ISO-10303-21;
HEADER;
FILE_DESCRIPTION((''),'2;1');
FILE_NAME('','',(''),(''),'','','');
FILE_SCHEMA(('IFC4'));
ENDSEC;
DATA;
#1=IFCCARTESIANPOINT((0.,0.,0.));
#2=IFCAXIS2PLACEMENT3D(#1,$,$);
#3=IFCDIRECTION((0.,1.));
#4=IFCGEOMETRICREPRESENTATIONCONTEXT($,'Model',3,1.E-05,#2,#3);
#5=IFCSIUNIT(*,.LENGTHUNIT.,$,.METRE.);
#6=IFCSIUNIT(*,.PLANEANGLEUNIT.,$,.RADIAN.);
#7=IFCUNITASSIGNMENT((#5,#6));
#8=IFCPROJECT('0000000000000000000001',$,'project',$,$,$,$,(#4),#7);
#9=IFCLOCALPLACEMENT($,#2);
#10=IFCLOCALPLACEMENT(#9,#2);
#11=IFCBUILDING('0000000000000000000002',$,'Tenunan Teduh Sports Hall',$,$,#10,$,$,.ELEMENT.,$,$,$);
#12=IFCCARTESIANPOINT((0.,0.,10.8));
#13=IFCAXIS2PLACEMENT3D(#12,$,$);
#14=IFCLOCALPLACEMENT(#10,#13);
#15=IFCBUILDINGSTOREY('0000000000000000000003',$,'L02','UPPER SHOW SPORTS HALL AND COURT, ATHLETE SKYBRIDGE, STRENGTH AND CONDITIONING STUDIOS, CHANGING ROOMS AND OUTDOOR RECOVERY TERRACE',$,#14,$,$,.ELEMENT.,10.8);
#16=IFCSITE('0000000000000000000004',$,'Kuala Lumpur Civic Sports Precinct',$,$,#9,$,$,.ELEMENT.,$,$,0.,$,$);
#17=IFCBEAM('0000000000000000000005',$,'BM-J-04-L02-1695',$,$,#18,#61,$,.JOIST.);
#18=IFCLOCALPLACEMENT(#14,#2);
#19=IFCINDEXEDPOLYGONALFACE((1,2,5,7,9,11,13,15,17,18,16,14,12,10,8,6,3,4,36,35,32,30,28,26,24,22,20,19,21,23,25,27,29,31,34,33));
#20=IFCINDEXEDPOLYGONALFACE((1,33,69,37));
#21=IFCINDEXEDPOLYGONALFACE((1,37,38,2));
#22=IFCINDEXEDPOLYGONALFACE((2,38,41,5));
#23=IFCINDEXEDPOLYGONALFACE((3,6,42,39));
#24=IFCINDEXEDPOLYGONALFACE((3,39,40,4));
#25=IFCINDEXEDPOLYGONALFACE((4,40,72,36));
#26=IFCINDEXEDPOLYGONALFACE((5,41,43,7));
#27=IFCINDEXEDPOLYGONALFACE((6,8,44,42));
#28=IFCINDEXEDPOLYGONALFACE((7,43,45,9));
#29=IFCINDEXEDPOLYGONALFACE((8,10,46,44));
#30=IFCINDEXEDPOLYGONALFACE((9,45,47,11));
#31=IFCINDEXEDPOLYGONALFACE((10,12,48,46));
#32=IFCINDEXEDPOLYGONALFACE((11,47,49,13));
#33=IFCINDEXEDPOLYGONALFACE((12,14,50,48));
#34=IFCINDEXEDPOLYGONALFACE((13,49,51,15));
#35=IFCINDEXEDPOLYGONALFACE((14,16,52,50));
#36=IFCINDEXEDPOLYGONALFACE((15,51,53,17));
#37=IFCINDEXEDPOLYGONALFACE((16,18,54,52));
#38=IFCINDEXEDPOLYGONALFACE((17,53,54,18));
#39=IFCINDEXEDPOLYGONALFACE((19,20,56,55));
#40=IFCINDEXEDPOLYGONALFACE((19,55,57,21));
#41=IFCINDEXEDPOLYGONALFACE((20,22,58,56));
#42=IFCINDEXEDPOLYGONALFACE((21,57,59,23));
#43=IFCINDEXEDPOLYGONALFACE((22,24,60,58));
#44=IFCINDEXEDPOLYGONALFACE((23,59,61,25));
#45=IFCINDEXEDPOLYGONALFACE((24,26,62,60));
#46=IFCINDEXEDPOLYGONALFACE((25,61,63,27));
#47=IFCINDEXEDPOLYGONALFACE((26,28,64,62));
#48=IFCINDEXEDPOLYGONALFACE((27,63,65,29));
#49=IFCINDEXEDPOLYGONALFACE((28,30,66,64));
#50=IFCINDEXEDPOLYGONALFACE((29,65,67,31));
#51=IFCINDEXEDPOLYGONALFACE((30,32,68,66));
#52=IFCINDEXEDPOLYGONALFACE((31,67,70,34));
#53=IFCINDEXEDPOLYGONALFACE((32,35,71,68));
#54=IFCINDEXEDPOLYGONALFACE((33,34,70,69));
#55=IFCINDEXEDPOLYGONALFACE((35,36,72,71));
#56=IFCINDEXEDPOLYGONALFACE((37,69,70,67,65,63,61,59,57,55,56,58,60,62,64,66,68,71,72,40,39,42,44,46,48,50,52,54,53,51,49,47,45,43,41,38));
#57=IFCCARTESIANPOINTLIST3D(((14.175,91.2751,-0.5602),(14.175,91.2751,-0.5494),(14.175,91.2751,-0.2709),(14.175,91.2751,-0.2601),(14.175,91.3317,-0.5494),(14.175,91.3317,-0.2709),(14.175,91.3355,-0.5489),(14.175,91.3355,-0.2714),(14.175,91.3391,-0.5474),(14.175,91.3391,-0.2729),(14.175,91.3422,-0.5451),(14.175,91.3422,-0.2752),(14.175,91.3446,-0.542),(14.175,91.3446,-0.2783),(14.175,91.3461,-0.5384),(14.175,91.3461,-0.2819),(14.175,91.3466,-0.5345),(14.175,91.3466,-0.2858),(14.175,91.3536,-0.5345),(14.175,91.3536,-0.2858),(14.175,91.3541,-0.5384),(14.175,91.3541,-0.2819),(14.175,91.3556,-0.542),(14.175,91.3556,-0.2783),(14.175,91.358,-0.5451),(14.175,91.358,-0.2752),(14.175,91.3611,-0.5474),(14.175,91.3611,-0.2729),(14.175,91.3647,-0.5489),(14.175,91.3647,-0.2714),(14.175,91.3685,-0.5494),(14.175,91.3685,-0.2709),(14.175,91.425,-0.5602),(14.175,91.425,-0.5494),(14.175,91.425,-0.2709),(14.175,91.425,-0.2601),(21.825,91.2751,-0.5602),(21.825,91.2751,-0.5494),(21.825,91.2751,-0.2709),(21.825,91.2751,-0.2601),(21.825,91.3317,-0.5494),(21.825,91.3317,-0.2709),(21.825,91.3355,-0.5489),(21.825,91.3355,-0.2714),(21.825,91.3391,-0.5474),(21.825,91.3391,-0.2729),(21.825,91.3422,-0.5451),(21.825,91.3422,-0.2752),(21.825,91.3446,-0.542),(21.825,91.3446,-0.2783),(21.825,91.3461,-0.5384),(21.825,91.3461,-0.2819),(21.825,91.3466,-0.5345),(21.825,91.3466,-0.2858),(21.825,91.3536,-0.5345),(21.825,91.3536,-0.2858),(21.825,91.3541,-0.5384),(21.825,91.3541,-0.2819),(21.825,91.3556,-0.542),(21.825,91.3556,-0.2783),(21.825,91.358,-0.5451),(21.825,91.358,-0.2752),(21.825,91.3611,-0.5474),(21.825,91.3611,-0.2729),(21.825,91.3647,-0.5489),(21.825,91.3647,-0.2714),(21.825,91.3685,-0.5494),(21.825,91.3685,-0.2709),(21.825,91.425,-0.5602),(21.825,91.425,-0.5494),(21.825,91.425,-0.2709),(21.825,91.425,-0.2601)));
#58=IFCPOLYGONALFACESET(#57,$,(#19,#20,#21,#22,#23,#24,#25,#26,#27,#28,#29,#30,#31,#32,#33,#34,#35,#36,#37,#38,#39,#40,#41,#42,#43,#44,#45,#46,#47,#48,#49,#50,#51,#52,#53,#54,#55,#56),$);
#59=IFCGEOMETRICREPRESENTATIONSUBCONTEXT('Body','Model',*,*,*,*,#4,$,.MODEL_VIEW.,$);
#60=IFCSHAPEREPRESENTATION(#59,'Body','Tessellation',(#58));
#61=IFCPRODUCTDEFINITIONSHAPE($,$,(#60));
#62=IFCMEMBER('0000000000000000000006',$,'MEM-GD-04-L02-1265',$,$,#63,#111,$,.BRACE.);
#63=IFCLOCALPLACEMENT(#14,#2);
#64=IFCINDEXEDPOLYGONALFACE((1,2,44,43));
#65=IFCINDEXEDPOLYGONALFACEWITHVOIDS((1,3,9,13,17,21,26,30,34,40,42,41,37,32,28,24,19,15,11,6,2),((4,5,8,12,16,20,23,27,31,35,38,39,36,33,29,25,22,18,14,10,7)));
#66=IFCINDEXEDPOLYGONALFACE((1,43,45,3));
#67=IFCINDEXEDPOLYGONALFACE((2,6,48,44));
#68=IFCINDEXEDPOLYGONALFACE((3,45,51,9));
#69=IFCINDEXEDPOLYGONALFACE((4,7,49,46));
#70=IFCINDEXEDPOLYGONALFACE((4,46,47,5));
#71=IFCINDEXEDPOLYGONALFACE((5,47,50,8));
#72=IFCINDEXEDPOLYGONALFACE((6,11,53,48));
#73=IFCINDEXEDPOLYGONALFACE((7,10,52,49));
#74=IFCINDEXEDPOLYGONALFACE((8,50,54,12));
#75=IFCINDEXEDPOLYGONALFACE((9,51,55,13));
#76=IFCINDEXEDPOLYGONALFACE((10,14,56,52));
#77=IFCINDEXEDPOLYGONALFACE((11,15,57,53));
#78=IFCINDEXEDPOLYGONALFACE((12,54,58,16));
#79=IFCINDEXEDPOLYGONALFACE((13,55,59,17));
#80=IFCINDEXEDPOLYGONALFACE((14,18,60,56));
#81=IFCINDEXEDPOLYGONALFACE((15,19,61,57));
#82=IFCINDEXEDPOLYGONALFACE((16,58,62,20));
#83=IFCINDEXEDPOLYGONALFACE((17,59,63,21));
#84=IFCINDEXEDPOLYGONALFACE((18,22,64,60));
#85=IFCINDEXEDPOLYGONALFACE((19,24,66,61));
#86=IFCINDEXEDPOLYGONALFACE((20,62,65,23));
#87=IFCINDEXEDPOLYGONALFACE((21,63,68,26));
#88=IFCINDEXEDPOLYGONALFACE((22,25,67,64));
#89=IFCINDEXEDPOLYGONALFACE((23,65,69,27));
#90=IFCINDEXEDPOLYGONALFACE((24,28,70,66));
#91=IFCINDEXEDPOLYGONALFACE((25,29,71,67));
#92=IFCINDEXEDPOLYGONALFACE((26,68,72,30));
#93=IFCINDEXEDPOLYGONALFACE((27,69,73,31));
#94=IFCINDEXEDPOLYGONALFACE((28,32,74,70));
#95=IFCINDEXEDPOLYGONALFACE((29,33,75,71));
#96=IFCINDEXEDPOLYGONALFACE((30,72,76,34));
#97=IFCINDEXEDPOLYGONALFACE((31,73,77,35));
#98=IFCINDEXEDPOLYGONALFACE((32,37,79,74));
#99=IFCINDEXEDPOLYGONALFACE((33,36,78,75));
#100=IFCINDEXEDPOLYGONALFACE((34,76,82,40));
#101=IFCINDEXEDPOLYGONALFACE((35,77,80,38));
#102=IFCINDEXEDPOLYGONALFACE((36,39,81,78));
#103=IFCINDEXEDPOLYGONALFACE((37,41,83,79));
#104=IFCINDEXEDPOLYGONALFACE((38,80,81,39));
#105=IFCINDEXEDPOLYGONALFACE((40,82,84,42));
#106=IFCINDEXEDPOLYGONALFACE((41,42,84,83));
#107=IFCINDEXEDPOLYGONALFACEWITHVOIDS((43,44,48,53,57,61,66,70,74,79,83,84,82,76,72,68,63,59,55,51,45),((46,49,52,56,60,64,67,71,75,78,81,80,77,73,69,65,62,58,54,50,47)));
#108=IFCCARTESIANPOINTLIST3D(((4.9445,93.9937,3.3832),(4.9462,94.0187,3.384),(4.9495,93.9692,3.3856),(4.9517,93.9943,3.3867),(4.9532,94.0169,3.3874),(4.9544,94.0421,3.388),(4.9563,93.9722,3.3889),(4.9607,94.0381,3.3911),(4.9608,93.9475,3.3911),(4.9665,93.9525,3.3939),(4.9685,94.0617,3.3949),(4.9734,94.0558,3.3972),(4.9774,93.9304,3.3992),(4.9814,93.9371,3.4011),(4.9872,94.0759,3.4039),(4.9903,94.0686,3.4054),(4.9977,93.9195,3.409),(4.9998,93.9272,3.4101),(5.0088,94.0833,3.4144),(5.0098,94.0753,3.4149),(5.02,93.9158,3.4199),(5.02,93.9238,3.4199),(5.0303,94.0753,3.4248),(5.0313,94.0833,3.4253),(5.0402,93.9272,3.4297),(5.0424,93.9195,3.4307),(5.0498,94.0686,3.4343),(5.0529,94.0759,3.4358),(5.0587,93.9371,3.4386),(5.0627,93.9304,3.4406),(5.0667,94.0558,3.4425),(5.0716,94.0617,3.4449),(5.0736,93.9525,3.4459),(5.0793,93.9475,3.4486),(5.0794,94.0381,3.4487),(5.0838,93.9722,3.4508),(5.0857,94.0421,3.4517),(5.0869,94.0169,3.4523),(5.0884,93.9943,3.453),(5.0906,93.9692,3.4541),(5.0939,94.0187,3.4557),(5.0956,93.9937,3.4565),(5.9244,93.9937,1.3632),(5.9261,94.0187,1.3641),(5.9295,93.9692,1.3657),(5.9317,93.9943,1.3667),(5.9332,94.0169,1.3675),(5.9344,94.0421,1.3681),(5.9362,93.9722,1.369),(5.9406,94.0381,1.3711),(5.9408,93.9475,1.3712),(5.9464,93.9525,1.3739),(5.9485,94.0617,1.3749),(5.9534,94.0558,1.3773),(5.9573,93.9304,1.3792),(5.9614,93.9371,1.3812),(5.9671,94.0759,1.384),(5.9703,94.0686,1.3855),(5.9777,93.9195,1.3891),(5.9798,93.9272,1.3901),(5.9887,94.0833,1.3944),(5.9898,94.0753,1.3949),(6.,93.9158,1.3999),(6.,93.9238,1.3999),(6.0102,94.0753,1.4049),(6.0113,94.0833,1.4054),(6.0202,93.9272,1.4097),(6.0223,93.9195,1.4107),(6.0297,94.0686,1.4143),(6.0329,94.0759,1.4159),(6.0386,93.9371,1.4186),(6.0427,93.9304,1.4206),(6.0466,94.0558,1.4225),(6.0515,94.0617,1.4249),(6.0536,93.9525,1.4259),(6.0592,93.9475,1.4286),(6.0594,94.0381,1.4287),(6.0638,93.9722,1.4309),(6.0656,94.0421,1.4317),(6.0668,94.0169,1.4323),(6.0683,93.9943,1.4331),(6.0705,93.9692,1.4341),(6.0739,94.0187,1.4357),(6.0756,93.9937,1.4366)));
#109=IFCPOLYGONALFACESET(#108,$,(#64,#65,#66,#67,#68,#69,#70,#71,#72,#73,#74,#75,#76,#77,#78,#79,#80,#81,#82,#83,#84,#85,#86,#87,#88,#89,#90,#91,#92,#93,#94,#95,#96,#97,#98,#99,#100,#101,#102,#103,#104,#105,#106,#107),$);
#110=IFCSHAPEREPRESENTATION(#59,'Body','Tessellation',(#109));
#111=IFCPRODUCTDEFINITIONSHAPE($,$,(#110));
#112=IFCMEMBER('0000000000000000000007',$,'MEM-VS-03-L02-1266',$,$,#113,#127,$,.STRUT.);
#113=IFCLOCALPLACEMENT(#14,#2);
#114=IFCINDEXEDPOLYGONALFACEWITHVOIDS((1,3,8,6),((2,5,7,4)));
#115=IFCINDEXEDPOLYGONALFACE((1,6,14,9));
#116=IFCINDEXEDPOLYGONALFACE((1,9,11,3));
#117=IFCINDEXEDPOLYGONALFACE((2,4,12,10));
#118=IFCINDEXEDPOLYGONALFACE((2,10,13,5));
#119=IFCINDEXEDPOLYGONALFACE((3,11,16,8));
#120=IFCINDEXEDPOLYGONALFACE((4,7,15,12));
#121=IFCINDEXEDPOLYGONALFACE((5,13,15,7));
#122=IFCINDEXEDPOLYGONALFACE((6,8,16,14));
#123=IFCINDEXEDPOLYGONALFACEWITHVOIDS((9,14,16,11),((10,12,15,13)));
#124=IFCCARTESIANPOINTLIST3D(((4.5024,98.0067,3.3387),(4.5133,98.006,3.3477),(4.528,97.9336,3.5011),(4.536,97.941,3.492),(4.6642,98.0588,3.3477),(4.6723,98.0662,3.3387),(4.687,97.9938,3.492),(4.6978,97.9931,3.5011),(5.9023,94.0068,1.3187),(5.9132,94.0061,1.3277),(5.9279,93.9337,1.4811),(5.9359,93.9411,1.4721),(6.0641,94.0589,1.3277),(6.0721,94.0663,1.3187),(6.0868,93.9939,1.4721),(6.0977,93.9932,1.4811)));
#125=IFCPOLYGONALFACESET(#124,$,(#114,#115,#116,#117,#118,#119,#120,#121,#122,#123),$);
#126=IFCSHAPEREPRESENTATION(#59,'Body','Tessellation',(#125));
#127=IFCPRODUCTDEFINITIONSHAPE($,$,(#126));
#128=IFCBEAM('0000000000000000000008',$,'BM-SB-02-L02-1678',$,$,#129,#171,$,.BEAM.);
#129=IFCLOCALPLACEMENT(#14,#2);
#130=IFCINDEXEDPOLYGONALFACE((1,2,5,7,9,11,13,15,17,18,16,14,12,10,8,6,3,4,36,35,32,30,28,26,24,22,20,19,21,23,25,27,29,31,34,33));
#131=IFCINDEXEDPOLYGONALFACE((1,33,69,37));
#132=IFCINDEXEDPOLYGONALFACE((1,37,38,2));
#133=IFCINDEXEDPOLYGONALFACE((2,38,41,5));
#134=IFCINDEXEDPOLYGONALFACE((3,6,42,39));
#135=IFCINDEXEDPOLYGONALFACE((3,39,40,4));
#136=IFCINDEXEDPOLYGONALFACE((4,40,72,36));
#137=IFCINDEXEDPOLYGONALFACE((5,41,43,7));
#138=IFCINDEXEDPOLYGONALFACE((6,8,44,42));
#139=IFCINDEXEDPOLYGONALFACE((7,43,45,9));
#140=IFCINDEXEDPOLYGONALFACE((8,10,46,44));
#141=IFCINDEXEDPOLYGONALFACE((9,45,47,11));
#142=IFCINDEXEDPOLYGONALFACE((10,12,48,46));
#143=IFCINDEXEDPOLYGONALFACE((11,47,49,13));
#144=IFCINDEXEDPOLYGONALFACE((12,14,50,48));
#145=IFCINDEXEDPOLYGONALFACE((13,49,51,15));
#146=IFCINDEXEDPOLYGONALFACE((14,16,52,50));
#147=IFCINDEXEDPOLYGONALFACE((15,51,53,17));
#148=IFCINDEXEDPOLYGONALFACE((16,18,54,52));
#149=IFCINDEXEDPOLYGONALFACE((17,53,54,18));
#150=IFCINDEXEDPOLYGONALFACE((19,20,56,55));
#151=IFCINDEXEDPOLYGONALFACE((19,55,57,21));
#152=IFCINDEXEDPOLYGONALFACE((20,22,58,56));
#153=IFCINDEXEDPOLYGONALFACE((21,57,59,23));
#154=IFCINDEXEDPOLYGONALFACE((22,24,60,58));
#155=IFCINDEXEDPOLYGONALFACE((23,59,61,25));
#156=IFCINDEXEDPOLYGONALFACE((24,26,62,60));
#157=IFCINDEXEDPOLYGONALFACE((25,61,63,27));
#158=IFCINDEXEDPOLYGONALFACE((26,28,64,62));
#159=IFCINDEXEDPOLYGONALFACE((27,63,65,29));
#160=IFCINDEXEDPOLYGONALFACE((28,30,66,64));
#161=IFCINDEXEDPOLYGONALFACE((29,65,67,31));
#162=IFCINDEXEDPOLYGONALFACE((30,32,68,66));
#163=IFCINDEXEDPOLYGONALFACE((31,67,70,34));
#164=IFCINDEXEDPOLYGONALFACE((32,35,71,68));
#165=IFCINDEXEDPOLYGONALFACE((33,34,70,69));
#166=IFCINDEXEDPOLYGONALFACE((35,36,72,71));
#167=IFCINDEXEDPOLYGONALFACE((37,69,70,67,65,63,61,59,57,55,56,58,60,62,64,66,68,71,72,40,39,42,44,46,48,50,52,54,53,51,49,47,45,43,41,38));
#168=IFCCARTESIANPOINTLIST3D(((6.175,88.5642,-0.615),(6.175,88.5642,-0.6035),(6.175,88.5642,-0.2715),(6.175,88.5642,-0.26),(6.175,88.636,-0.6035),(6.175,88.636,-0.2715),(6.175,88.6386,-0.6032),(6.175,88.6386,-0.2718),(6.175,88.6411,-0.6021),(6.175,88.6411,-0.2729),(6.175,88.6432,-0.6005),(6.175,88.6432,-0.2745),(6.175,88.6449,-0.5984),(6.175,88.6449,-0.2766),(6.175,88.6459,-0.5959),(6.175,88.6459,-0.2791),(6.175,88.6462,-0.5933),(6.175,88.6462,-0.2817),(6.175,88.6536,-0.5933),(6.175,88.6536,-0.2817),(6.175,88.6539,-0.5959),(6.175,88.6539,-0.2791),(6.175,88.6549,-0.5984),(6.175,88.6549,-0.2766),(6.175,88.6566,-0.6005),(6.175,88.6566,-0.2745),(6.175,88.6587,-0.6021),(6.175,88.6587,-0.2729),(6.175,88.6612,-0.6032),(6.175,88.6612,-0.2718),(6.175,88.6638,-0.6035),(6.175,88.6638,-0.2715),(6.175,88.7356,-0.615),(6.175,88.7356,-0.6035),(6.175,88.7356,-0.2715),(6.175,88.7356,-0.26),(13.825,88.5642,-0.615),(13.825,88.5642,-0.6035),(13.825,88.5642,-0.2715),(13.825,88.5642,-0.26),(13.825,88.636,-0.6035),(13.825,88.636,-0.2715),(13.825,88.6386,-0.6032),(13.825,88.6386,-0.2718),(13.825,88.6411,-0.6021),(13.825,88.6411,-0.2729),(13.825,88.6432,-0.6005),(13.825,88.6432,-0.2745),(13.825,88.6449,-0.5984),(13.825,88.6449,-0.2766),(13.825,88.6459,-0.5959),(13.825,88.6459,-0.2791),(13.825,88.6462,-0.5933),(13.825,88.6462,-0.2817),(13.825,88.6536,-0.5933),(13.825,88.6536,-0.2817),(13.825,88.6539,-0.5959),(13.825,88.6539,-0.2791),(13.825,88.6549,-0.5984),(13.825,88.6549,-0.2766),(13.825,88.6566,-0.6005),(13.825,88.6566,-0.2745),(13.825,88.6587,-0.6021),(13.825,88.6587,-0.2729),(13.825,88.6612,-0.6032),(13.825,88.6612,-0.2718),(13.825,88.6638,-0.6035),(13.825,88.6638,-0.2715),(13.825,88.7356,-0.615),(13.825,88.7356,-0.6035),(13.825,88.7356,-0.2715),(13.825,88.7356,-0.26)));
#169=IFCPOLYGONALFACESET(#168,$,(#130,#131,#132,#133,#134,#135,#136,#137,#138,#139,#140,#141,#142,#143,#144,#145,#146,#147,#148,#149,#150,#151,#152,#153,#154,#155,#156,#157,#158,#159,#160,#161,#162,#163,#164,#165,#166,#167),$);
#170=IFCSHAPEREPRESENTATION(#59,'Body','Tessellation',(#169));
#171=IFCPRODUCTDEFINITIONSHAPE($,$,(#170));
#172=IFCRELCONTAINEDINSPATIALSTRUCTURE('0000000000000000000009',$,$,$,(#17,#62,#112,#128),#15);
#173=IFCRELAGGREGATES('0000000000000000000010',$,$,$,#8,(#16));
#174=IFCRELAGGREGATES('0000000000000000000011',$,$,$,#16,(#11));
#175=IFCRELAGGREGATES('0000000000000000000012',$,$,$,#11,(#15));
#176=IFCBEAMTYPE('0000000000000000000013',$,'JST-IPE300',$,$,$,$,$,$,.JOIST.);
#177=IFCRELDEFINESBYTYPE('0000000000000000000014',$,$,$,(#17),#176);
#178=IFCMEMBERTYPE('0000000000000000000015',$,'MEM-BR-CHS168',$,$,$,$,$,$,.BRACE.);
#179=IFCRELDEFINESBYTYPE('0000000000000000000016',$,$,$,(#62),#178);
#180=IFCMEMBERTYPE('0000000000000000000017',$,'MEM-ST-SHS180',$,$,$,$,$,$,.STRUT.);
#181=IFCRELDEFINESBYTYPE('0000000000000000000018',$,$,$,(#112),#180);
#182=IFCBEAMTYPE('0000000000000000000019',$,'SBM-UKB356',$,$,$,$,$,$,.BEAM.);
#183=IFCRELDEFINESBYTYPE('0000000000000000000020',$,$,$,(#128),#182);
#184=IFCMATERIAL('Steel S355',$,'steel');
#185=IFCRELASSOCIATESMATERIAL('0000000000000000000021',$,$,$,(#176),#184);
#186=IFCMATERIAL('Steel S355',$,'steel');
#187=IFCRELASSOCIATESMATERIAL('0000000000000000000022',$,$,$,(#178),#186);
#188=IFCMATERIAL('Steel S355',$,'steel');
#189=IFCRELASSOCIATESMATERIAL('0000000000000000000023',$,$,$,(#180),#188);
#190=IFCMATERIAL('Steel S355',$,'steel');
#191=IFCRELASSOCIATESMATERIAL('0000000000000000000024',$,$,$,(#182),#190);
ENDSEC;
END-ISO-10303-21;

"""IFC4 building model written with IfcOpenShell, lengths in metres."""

from ifc_helpers import new_model, si_unit, direction, frame, origin, origin_2d, place, context, subcontext, project, spatial, hollow_rectangle, hollow_circle, i_section, extrude, material, material_profile, profile_set, type_object, element, save


model = new_model("IFC4")

# Units and contexts
model_context = context("Model", 3, precision=1e-05, world=origin(), true_north=direction((0.0, 1.0)))
body_context = subcontext(model_context, "Body", "Model", "MODEL_VIEW")
ifc_project = project(units=[si_unit("LENGTHUNIT", "METRE"), si_unit("PLANEANGLEUNIT", "RADIAN")], contexts=[model_context])

# Site, building, storey
site_placement = place(None, origin())
site = spatial("IfcSite", under=ifc_project, at=site_placement, Name="Kuala Lumpur Civic Sports Precinct", CompositionType="ELEMENT", RefElevation=0.0)
building_placement = place(site_placement, origin())
building = spatial("IfcBuilding", under=site, at=building_placement, Name="Tenunan Teduh Sports Hall", CompositionType="ELEMENT")
storey_placement = place(building_placement, frame((0.0, 0.0, 10.8)))
storey = spatial("IfcBuildingStorey", under=building, at=storey_placement, Name="L02", Description="UPPER SHOW SPORTS HALL AND COURT, ATHLETE SKYBRIDGE, STRENGTH AND CONDITIONING STUDIOS, CHANGING ROOMS AND OUTDOOR RECOVERY TERRACE", CompositionType="ELEMENT", Elevation=10.8)

# Beam
ifc_material_1 = material(Name="Steel S355", Category="steel")
ifc_material_profile_1 = material_profile(ifc_material_1, i_section(OverallWidth=0.1499, OverallDepth=0.3, WebThickness=0.0071, FlangeThickness=0.0107, FilletRadius=0.0149, at=origin_2d()), Name="IPE 300")
ifc_profile_set_1 = profile_set([ifc_material_profile_1], Name="Steel S355")
beam_type_1 = type_object("IfcBeamType", Name="JST-IPE300", PredefinedType="JOIST", material=ifc_profile_set_1)
beam_1_placement = place(storey_placement, frame((14.175, 91.3501, -0.4102), z_axis=(1.0, 0.0, 0.0), x_axis=(0.0, 1.0, 0.0)))
element("IfcBeam", 1, at=beam_1_placement, inside=storey, type_object=beam_type_1, Name="BM-J-04-L02-1695", PredefinedType="JOIST", context=body_context, shape_type="SweptSolid", body=[
    extrude(i_section(OverallWidth=0.1499, OverallDepth=0.3, WebThickness=0.0071, FlangeThickness=0.0107, FilletRadius=0.0149, at=origin_2d()), origin(), (0.0, 0.0, 1.0), 7.6499),
])

# Members
ifc_material_2 = material(Name="Steel S355", Category="steel")
ifc_material_profile_2 = material_profile(ifc_material_2, hollow_circle(Radius=0.0842, WallThickness=0.0081, at=origin_2d()), Name="CHS 168.3x8.0")
ifc_profile_set_2 = profile_set([ifc_material_profile_2], Name="Steel S355")
member_type_1 = type_object("IfcMemberType", Name="MEM-BR-CHS168", PredefinedType="BRACE", material=ifc_profile_set_2)
member_1_placement = place(storey_placement, frame((6.0, 94.0, 1.3999), z_axis=(-0.436482, 0.0, 0.899713), x_axis=(0.0, -1.0, 0.0)))
element("IfcMember", 2, at=member_1_placement, inside=storey, type_object=member_type_1, Name="MEM-GD-04-L02-1265", PredefinedType="BRACE", context=body_context, shape_type="SweptSolid", body=[
    extrude(hollow_circle(Radius=0.0842, WallThickness=0.0081, at=origin_2d()), origin(), (0.0, 0.0, 1.0), 2.2451),
])
ifc_material_3 = material(Name="Steel S355", Category="steel")
ifc_material_profile_3 = material_profile(ifc_material_3, hollow_rectangle(XDim=0.1799, YDim=0.1799, WallThickness=0.01, at=origin_2d()), Name="SHS 180x180x10.0")
ifc_profile_set_3 = profile_set([ifc_material_profile_3], Name="Steel S355")
member_type_2 = type_object("IfcMemberType", Name="MEM-ST-SHS180", PredefinedType="STRUT", material=ifc_profile_set_3)
member_2_placement = place(storey_placement, frame((6.0, 94.0, 1.3999), z_axis=(-0.298188, 0.852025, 0.430277), x_axis=(-0.943866, -0.33033, 0.0)))
element("IfcMember", 3, at=member_2_placement, inside=storey, type_object=member_type_2, Name="MEM-VS-03-L02-1266", PredefinedType="STRUT", context=body_context, shape_type="SweptSolid", body=[
    extrude(hollow_rectangle(XDim=0.1799, YDim=0.1799, WallThickness=0.01, at=origin_2d()), origin(), (0.0, 0.0, 1.0), 4.6946),
])

# Beam
ifc_material_4 = material(Name="Steel S355", Category="steel")
ifc_material_profile_4 = material_profile(ifc_material_4, i_section(OverallWidth=0.1714, OverallDepth=0.355, WebThickness=0.0073, FlangeThickness=0.0115, FilletRadius=0.0103, at=origin_2d()), Name="UKB 356x171x51")
ifc_profile_set_4 = profile_set([ifc_material_profile_4], Name="Steel S355")
beam_type_2 = type_object("IfcBeamType", Name="SBM-UKB356", PredefinedType="BEAM", material=ifc_profile_set_4)
beam_2_placement = place(storey_placement, frame((6.175, 88.6499, -0.4375), z_axis=(1.0, 0.0, 0.0), x_axis=(0.0, 1.0, 0.0)))
element("IfcBeam", 4, at=beam_2_placement, inside=storey, type_object=beam_type_2, Name="BM-SB-02-L02-1678", PredefinedType="BEAM", context=body_context, shape_type="SweptSolid", body=[
    extrude(i_section(OverallWidth=0.1714, OverallDepth=0.355, WebThickness=0.0073, FlangeThickness=0.0115, FilletRadius=0.0103, at=origin_2d()), origin(), (0.0, 0.0, 1.0), 7.6499),
])

save(model, "model.ifc")
